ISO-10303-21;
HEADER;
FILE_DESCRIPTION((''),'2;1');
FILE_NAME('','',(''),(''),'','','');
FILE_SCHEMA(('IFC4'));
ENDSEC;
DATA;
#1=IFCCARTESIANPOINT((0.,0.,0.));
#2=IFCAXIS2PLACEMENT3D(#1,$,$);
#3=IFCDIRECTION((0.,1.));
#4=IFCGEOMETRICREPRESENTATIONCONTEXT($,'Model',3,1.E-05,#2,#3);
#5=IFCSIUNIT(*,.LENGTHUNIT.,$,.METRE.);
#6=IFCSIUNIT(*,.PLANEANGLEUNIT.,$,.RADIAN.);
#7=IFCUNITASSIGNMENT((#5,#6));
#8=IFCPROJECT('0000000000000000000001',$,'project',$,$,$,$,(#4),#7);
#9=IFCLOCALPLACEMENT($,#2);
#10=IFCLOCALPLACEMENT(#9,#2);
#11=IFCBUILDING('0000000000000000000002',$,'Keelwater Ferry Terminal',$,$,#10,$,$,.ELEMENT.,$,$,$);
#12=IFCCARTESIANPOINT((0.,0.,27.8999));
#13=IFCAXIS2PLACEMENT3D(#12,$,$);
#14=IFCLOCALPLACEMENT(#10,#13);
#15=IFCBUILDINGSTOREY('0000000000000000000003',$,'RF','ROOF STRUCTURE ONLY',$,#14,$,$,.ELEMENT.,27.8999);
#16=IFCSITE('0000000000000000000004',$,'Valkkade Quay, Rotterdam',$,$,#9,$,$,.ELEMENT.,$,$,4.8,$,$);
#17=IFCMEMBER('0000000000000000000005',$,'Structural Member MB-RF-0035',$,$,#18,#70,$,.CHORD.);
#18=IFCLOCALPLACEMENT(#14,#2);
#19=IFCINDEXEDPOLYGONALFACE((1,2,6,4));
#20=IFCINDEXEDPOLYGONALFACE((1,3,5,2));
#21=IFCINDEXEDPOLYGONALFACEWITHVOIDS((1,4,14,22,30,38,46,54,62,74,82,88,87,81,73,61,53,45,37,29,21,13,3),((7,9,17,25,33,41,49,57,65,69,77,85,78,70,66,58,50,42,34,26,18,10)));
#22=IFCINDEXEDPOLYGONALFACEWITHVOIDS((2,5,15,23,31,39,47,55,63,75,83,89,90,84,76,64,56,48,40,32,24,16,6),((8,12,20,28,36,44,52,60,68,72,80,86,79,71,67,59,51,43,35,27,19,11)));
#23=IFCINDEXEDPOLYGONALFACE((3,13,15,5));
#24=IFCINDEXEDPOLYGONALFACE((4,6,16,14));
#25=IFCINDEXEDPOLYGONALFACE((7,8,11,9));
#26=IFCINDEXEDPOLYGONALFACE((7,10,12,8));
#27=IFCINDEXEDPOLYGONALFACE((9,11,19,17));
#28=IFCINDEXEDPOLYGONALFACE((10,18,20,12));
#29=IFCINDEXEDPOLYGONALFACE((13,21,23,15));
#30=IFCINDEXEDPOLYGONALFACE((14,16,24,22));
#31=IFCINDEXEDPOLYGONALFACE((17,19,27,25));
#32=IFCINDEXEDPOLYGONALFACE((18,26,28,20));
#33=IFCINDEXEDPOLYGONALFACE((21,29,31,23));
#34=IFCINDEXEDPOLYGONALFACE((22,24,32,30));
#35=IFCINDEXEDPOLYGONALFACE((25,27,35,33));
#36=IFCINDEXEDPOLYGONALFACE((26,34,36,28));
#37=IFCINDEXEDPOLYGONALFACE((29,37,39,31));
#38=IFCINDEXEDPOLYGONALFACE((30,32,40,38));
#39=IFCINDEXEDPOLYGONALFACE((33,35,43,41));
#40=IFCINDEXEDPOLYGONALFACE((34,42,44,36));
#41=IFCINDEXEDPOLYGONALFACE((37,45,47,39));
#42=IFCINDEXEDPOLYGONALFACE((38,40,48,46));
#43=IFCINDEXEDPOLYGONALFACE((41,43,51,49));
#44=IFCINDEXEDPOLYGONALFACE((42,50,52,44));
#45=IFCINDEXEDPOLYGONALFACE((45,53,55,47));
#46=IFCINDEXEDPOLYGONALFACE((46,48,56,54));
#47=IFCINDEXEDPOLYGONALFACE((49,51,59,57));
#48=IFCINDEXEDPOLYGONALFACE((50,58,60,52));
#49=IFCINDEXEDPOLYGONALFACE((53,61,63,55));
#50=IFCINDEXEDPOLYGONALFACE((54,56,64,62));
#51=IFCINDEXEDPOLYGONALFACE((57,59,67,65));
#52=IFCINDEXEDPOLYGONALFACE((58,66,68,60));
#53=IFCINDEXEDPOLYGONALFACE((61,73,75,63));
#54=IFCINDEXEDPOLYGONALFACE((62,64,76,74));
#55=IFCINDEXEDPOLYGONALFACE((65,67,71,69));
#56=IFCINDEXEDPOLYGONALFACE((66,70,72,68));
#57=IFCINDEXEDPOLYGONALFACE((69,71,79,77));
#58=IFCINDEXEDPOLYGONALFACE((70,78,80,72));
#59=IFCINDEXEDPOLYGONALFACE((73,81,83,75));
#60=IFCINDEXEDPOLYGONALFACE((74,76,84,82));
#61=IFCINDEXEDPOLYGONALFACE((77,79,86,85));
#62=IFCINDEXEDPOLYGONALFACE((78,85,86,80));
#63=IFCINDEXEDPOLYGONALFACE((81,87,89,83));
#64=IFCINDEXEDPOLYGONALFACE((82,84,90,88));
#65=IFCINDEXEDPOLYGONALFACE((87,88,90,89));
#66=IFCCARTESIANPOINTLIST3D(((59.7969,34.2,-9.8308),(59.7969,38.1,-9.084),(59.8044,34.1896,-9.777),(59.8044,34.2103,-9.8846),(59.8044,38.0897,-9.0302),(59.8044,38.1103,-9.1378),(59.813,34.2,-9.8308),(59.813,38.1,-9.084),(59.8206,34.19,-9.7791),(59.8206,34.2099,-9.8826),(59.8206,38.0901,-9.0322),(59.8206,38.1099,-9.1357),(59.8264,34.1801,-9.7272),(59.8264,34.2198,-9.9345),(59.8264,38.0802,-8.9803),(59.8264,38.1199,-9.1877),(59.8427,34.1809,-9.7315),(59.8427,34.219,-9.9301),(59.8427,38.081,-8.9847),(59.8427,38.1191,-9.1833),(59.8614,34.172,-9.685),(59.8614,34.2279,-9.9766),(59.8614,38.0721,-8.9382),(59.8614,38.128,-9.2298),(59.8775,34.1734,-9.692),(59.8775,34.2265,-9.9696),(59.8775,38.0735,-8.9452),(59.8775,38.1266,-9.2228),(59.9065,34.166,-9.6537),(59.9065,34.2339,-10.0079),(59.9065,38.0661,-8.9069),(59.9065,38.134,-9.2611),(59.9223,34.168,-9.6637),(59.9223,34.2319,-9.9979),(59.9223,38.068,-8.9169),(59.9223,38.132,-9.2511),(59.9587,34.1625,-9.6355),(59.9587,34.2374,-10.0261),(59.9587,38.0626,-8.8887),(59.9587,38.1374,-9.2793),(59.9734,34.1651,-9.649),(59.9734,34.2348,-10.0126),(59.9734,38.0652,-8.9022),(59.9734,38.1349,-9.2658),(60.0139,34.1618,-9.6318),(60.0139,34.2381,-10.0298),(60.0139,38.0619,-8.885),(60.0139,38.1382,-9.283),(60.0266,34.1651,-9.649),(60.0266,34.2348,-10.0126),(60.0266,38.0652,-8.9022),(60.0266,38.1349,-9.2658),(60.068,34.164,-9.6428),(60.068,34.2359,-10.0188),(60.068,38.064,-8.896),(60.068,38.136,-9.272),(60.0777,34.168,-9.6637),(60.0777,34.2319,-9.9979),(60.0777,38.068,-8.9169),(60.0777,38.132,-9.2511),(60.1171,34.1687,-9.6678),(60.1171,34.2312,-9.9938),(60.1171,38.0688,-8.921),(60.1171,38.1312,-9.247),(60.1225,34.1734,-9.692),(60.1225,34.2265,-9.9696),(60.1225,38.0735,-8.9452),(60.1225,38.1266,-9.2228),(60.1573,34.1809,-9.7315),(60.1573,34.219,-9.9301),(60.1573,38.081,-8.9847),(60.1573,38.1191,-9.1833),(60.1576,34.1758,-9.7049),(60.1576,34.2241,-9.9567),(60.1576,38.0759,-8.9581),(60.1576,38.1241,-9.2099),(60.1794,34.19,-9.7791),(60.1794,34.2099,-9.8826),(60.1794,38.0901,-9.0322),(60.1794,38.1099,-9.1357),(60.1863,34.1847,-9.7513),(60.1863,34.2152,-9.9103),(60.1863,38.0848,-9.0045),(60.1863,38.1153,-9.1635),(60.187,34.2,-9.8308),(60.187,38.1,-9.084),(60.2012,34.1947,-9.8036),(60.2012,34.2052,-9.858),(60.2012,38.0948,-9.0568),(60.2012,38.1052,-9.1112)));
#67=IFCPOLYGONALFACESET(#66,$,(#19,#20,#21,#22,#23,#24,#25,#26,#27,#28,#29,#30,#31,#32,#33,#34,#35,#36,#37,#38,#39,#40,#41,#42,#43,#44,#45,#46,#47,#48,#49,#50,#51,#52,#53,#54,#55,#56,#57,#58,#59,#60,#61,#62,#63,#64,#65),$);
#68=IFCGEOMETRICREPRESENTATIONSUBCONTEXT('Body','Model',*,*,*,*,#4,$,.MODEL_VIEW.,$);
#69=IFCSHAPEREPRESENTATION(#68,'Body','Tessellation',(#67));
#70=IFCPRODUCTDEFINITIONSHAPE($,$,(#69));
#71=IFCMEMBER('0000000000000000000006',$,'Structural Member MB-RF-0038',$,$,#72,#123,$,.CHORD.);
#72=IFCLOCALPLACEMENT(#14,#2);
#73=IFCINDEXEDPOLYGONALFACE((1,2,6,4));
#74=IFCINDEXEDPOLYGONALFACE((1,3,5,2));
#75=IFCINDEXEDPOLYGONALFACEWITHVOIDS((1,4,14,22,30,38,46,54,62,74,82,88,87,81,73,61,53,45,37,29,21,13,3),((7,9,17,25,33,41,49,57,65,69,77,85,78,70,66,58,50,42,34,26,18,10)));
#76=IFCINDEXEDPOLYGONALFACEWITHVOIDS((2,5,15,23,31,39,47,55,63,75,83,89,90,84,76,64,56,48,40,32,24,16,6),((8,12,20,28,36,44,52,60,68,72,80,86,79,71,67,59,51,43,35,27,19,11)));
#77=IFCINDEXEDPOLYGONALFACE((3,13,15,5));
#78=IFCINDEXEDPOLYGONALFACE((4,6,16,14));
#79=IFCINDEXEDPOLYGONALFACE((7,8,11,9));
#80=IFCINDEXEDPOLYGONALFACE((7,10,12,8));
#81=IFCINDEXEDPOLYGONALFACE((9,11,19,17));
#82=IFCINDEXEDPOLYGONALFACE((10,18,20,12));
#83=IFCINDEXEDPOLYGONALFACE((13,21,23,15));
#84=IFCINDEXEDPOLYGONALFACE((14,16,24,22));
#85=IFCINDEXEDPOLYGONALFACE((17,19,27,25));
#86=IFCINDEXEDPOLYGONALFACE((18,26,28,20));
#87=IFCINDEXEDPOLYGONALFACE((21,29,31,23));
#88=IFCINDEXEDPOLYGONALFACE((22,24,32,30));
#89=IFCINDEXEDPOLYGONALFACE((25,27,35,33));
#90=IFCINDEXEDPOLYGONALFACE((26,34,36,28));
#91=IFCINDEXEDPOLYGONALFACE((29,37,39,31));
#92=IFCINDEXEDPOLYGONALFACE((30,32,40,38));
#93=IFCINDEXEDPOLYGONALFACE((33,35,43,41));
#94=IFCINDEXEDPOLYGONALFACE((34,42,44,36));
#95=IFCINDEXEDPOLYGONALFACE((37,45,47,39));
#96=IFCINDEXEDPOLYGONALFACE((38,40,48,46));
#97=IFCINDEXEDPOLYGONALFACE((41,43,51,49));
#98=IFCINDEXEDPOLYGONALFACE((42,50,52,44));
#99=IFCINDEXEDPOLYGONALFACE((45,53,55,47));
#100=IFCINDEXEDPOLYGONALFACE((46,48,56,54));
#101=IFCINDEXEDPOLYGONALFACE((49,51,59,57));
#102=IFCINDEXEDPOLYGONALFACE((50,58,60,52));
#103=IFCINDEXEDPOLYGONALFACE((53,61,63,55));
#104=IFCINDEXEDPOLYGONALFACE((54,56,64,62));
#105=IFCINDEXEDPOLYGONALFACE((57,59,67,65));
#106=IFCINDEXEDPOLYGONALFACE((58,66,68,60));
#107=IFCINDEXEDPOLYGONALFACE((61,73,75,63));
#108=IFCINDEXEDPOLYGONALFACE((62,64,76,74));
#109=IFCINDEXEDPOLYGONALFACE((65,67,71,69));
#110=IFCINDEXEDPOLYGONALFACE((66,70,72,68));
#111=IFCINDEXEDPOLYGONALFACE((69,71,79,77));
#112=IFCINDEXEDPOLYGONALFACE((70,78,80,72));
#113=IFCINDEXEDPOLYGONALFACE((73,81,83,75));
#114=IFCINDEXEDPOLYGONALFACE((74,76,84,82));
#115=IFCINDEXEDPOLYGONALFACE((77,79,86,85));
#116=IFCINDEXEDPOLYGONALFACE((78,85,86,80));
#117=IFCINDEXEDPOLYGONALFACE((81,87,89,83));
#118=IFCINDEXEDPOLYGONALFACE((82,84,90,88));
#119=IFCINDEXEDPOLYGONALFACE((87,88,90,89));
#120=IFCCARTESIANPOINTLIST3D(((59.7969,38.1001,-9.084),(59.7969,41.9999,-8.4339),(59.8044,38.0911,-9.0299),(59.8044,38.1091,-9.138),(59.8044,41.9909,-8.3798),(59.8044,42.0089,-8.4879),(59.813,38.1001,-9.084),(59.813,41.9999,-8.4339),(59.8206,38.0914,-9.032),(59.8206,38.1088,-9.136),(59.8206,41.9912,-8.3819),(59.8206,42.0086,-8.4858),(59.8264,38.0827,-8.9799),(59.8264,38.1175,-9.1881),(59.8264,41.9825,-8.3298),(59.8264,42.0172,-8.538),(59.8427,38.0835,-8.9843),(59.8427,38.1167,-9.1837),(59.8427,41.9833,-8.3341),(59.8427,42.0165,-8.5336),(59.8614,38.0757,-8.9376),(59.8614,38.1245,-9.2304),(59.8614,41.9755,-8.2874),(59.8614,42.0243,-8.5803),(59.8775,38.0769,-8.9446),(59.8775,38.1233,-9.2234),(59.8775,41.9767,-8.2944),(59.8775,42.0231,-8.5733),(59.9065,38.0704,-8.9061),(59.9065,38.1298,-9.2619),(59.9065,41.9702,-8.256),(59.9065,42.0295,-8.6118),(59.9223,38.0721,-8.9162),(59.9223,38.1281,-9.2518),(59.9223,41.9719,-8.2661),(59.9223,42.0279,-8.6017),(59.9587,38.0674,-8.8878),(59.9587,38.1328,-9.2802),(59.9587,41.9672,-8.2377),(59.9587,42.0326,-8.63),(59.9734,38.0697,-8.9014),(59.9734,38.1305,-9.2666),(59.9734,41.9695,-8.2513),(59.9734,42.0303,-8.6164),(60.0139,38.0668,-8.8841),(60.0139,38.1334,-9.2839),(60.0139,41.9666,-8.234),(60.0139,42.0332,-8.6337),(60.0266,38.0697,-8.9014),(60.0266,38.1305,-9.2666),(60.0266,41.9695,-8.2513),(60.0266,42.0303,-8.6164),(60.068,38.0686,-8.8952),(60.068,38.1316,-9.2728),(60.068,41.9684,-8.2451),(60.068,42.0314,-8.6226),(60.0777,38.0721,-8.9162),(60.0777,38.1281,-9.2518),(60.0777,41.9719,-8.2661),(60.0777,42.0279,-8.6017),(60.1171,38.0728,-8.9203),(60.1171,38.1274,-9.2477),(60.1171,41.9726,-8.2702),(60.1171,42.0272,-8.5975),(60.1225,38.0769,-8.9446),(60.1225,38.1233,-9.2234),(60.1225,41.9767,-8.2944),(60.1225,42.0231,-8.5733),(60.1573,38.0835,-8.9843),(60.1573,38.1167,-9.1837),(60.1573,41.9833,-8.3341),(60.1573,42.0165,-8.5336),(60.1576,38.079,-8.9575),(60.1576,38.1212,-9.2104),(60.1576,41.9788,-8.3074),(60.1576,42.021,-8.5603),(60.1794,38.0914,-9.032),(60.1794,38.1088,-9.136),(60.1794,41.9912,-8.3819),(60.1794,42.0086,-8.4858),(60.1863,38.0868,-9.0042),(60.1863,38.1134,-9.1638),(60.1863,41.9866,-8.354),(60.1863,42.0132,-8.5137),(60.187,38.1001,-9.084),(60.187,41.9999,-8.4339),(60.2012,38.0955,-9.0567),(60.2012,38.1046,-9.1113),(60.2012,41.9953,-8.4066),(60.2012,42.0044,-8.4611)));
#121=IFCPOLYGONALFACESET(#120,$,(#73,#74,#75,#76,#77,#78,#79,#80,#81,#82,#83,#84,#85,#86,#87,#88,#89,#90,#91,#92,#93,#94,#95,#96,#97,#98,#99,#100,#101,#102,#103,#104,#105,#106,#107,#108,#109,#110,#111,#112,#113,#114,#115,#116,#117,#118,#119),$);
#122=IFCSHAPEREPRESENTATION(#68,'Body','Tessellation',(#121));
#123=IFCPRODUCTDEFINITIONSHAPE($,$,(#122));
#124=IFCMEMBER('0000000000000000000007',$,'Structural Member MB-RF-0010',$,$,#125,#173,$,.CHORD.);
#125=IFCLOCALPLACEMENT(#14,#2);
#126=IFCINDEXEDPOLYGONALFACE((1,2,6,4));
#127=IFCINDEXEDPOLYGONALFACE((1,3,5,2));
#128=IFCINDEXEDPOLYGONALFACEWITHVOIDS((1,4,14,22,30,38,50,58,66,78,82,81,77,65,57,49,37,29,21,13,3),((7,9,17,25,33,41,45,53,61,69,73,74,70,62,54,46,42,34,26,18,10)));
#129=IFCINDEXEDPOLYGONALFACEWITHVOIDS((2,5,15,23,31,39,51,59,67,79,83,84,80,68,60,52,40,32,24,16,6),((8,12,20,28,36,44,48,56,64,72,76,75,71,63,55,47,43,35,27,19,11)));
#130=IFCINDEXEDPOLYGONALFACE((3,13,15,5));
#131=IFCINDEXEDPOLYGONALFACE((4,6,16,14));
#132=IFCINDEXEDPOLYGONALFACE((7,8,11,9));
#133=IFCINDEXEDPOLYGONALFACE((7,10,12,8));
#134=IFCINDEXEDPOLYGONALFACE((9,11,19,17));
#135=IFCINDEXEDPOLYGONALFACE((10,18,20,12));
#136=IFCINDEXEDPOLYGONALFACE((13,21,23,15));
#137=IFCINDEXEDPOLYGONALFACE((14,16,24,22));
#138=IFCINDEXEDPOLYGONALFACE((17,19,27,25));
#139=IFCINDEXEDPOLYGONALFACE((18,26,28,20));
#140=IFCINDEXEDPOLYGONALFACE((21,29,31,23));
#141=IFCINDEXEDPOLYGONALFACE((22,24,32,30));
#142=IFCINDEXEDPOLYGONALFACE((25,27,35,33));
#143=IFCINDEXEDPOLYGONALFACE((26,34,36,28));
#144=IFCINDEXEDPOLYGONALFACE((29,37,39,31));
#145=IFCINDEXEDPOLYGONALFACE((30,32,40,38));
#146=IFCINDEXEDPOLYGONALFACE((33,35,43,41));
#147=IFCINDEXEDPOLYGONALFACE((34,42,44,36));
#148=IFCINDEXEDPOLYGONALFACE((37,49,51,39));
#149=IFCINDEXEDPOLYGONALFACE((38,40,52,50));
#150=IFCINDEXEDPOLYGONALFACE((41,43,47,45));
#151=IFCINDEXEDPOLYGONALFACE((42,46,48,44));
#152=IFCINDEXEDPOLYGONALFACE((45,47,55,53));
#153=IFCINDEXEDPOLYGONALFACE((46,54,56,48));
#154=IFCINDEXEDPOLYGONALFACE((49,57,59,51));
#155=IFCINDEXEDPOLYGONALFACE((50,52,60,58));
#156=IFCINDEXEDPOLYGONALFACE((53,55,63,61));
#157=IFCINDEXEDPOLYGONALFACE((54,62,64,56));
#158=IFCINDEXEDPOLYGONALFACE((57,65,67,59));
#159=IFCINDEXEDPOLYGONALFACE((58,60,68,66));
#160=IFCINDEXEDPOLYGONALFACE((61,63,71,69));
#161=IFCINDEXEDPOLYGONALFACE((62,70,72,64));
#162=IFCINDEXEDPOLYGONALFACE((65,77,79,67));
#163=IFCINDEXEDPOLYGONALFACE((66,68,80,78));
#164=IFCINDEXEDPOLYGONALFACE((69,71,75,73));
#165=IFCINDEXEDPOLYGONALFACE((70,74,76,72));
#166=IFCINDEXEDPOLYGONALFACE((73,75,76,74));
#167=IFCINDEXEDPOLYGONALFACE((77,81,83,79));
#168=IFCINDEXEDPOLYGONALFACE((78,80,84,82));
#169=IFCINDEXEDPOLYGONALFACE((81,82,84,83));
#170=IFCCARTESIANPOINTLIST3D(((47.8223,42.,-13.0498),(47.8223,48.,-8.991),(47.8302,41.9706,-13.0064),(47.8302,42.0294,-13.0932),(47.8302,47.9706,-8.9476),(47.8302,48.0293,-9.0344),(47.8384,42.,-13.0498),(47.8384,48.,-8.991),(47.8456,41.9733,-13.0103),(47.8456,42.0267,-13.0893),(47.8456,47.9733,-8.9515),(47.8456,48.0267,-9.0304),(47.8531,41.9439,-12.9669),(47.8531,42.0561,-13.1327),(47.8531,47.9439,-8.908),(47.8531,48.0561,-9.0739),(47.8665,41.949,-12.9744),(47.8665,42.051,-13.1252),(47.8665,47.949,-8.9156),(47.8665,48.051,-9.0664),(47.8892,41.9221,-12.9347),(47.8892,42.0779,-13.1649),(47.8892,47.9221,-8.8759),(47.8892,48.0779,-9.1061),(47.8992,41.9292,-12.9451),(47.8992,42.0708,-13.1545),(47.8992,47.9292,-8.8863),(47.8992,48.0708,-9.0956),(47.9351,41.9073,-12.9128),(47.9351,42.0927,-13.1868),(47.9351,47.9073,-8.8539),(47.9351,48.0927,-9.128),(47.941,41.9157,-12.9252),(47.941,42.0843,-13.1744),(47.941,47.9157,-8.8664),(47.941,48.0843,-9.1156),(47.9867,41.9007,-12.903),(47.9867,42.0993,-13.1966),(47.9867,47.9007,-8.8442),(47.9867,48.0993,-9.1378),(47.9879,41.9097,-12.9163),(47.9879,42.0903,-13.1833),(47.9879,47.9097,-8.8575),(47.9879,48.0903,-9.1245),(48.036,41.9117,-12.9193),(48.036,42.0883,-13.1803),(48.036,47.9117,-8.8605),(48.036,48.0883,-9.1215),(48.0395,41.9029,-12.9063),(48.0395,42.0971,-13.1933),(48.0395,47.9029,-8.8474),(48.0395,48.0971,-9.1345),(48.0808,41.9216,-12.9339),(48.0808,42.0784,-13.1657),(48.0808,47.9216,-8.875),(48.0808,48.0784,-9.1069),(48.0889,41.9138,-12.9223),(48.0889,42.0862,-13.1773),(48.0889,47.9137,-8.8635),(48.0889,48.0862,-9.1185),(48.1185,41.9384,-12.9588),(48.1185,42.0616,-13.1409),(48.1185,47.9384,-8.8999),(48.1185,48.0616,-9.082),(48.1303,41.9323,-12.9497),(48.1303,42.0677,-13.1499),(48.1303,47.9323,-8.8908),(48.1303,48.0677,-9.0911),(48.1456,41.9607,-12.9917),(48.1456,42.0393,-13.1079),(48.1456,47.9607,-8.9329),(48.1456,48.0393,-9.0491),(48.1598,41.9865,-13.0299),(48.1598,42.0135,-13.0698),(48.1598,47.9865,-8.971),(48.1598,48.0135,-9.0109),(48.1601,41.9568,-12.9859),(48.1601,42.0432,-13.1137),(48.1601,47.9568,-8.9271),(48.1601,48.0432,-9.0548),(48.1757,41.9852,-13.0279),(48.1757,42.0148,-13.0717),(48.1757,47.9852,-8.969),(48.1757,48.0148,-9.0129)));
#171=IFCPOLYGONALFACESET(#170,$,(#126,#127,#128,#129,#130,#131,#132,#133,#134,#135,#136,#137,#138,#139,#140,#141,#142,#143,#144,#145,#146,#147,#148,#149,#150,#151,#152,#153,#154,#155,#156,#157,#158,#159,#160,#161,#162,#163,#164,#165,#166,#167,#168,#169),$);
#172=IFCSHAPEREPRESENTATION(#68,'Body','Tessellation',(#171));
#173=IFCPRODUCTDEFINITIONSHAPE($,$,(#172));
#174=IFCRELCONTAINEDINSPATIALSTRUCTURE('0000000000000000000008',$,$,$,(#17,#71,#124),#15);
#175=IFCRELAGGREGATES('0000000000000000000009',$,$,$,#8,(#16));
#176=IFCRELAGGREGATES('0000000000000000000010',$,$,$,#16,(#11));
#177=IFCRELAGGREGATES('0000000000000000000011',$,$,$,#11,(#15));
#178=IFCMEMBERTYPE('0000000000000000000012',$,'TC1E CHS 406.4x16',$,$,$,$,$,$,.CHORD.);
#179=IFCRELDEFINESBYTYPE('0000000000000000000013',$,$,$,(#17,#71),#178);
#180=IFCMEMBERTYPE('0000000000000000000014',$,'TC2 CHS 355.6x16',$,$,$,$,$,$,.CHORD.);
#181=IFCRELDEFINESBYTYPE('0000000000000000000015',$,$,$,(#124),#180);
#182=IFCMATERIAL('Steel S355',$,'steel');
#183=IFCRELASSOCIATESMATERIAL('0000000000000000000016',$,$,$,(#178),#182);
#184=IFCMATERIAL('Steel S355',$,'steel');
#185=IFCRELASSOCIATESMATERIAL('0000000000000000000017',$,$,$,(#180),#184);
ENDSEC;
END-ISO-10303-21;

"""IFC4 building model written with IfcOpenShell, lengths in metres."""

from ifc_helpers import new_model, si_unit, direction, frame, origin, origin_2d, place, context, subcontext, project, spatial, hollow_circle, extrude, material, material_profile, profile_set, type_object, element, save


model = new_model("IFC4")

# Units and contexts
model_context = context("Model", 3, precision=1e-05, world=origin(), true_north=direction((0.0, 1.0)))
body_context = subcontext(model_context, "Body", "Model", "MODEL_VIEW")
ifc_project = project(units=[si_unit("LENGTHUNIT", "METRE"), si_unit("PLANEANGLEUNIT", "RADIAN")], contexts=[model_context])

# Site, building, storey
site_placement = place(None, origin())
site = spatial("IfcSite", under=ifc_project, at=site_placement, Name="Valkkade Quay, Rotterdam", CompositionType="ELEMENT", RefElevation=4.8)
building_placement = place(site_placement, origin())
building = spatial("IfcBuilding", under=site, at=building_placement, Name="Keelwater Ferry Terminal", CompositionType="ELEMENT")
storey_placement = place(building_placement, frame((0.0, 0.0, 27.8999)))
storey = spatial("IfcBuildingStorey", under=building, at=storey_placement, Name="RF", Description="ROOF STRUCTURE ONLY", CompositionType="ELEMENT", Elevation=27.8999)

# Members
ifc_material_1 = material(Name="Steel S355", Category="steel")
ifc_material_profile_1 = material_profile(ifc_material_1, hollow_circle(Radius=0.2031, WallThickness=0.0161, at=origin_2d()), Name="CHS 406.4x16")
ifc_profile_set_1 = profile_set([ifc_material_profile_1], Name="Steel S355")
member_type_1 = type_object("IfcMemberType", Name="TC1E CHS 406.4x16", PredefinedType="CHORD", material=ifc_profile_set_1)
member_1_placement = place(storey_placement, frame((60.0, 34.2, -9.8308), z_axis=(0.0, 0.982156, 0.18807), x_axis=(-1.0, 0.0, 0.0)))
element("IfcMember", 1, at=member_1_placement, inside=storey, type_object=member_type_1, Name="Structural Member MB-RF-0035", PredefinedType="CHORD", context=body_context, shape_type="SweptSolid", body=[
    extrude(hollow_circle(Radius=0.2031, WallThickness=0.0161, at=origin_2d()), origin(), (0.0, 0.0, 1.0), 3.9709),
])
member_2_placement = place(storey_placement, frame((60.0, 38.1001, -9.084), z_axis=(0.0, 0.986387, 0.164439), x_axis=(-1.0, 0.0, 0.0)))
element("IfcMember", 2, at=member_2_placement, inside=storey, type_object=member_type_1, Name="Structural Member MB-RF-0038", PredefinedType="CHORD", context=body_context, shape_type="SweptSolid", body=[
    extrude(hollow_circle(Radius=0.2031, WallThickness=0.0161, at=origin_2d()), origin(), (0.0, 0.0, 1.0), 3.9536),
])
ifc_material_2 = material(Name="Steel S355", Category="steel")
ifc_material_profile_2 = material_profile(ifc_material_2, hollow_circle(Radius=0.1777, WallThickness=0.0161, at=origin_2d()), Name="CHS 355.6x16")
ifc_profile_set_2 = profile_set([ifc_material_profile_2], Name="Steel S355")
member_type_2 = type_object("IfcMemberType", Name="TC2 CHS 355.6x16", PredefinedType="CHORD", material=ifc_profile_set_2)
member_3_placement = place(storey_placement, frame((48.0, 42.0, -13.0498), z_axis=(0.0, 0.828282, 0.560311), x_axis=(-1.0, 0.0, 0.0)))
element("IfcMember", 3, at=member_3_placement, inside=storey, type_object=member_type_2, Name="Structural Member MB-RF-0010", PredefinedType="CHORD", context=body_context, shape_type="SweptSolid", body=[
    extrude(hollow_circle(Radius=0.1777, WallThickness=0.0161, at=origin_2d()), origin(), (0.0, 0.0, 1.0), 7.2439),
])

save(model, "model.ifc")
